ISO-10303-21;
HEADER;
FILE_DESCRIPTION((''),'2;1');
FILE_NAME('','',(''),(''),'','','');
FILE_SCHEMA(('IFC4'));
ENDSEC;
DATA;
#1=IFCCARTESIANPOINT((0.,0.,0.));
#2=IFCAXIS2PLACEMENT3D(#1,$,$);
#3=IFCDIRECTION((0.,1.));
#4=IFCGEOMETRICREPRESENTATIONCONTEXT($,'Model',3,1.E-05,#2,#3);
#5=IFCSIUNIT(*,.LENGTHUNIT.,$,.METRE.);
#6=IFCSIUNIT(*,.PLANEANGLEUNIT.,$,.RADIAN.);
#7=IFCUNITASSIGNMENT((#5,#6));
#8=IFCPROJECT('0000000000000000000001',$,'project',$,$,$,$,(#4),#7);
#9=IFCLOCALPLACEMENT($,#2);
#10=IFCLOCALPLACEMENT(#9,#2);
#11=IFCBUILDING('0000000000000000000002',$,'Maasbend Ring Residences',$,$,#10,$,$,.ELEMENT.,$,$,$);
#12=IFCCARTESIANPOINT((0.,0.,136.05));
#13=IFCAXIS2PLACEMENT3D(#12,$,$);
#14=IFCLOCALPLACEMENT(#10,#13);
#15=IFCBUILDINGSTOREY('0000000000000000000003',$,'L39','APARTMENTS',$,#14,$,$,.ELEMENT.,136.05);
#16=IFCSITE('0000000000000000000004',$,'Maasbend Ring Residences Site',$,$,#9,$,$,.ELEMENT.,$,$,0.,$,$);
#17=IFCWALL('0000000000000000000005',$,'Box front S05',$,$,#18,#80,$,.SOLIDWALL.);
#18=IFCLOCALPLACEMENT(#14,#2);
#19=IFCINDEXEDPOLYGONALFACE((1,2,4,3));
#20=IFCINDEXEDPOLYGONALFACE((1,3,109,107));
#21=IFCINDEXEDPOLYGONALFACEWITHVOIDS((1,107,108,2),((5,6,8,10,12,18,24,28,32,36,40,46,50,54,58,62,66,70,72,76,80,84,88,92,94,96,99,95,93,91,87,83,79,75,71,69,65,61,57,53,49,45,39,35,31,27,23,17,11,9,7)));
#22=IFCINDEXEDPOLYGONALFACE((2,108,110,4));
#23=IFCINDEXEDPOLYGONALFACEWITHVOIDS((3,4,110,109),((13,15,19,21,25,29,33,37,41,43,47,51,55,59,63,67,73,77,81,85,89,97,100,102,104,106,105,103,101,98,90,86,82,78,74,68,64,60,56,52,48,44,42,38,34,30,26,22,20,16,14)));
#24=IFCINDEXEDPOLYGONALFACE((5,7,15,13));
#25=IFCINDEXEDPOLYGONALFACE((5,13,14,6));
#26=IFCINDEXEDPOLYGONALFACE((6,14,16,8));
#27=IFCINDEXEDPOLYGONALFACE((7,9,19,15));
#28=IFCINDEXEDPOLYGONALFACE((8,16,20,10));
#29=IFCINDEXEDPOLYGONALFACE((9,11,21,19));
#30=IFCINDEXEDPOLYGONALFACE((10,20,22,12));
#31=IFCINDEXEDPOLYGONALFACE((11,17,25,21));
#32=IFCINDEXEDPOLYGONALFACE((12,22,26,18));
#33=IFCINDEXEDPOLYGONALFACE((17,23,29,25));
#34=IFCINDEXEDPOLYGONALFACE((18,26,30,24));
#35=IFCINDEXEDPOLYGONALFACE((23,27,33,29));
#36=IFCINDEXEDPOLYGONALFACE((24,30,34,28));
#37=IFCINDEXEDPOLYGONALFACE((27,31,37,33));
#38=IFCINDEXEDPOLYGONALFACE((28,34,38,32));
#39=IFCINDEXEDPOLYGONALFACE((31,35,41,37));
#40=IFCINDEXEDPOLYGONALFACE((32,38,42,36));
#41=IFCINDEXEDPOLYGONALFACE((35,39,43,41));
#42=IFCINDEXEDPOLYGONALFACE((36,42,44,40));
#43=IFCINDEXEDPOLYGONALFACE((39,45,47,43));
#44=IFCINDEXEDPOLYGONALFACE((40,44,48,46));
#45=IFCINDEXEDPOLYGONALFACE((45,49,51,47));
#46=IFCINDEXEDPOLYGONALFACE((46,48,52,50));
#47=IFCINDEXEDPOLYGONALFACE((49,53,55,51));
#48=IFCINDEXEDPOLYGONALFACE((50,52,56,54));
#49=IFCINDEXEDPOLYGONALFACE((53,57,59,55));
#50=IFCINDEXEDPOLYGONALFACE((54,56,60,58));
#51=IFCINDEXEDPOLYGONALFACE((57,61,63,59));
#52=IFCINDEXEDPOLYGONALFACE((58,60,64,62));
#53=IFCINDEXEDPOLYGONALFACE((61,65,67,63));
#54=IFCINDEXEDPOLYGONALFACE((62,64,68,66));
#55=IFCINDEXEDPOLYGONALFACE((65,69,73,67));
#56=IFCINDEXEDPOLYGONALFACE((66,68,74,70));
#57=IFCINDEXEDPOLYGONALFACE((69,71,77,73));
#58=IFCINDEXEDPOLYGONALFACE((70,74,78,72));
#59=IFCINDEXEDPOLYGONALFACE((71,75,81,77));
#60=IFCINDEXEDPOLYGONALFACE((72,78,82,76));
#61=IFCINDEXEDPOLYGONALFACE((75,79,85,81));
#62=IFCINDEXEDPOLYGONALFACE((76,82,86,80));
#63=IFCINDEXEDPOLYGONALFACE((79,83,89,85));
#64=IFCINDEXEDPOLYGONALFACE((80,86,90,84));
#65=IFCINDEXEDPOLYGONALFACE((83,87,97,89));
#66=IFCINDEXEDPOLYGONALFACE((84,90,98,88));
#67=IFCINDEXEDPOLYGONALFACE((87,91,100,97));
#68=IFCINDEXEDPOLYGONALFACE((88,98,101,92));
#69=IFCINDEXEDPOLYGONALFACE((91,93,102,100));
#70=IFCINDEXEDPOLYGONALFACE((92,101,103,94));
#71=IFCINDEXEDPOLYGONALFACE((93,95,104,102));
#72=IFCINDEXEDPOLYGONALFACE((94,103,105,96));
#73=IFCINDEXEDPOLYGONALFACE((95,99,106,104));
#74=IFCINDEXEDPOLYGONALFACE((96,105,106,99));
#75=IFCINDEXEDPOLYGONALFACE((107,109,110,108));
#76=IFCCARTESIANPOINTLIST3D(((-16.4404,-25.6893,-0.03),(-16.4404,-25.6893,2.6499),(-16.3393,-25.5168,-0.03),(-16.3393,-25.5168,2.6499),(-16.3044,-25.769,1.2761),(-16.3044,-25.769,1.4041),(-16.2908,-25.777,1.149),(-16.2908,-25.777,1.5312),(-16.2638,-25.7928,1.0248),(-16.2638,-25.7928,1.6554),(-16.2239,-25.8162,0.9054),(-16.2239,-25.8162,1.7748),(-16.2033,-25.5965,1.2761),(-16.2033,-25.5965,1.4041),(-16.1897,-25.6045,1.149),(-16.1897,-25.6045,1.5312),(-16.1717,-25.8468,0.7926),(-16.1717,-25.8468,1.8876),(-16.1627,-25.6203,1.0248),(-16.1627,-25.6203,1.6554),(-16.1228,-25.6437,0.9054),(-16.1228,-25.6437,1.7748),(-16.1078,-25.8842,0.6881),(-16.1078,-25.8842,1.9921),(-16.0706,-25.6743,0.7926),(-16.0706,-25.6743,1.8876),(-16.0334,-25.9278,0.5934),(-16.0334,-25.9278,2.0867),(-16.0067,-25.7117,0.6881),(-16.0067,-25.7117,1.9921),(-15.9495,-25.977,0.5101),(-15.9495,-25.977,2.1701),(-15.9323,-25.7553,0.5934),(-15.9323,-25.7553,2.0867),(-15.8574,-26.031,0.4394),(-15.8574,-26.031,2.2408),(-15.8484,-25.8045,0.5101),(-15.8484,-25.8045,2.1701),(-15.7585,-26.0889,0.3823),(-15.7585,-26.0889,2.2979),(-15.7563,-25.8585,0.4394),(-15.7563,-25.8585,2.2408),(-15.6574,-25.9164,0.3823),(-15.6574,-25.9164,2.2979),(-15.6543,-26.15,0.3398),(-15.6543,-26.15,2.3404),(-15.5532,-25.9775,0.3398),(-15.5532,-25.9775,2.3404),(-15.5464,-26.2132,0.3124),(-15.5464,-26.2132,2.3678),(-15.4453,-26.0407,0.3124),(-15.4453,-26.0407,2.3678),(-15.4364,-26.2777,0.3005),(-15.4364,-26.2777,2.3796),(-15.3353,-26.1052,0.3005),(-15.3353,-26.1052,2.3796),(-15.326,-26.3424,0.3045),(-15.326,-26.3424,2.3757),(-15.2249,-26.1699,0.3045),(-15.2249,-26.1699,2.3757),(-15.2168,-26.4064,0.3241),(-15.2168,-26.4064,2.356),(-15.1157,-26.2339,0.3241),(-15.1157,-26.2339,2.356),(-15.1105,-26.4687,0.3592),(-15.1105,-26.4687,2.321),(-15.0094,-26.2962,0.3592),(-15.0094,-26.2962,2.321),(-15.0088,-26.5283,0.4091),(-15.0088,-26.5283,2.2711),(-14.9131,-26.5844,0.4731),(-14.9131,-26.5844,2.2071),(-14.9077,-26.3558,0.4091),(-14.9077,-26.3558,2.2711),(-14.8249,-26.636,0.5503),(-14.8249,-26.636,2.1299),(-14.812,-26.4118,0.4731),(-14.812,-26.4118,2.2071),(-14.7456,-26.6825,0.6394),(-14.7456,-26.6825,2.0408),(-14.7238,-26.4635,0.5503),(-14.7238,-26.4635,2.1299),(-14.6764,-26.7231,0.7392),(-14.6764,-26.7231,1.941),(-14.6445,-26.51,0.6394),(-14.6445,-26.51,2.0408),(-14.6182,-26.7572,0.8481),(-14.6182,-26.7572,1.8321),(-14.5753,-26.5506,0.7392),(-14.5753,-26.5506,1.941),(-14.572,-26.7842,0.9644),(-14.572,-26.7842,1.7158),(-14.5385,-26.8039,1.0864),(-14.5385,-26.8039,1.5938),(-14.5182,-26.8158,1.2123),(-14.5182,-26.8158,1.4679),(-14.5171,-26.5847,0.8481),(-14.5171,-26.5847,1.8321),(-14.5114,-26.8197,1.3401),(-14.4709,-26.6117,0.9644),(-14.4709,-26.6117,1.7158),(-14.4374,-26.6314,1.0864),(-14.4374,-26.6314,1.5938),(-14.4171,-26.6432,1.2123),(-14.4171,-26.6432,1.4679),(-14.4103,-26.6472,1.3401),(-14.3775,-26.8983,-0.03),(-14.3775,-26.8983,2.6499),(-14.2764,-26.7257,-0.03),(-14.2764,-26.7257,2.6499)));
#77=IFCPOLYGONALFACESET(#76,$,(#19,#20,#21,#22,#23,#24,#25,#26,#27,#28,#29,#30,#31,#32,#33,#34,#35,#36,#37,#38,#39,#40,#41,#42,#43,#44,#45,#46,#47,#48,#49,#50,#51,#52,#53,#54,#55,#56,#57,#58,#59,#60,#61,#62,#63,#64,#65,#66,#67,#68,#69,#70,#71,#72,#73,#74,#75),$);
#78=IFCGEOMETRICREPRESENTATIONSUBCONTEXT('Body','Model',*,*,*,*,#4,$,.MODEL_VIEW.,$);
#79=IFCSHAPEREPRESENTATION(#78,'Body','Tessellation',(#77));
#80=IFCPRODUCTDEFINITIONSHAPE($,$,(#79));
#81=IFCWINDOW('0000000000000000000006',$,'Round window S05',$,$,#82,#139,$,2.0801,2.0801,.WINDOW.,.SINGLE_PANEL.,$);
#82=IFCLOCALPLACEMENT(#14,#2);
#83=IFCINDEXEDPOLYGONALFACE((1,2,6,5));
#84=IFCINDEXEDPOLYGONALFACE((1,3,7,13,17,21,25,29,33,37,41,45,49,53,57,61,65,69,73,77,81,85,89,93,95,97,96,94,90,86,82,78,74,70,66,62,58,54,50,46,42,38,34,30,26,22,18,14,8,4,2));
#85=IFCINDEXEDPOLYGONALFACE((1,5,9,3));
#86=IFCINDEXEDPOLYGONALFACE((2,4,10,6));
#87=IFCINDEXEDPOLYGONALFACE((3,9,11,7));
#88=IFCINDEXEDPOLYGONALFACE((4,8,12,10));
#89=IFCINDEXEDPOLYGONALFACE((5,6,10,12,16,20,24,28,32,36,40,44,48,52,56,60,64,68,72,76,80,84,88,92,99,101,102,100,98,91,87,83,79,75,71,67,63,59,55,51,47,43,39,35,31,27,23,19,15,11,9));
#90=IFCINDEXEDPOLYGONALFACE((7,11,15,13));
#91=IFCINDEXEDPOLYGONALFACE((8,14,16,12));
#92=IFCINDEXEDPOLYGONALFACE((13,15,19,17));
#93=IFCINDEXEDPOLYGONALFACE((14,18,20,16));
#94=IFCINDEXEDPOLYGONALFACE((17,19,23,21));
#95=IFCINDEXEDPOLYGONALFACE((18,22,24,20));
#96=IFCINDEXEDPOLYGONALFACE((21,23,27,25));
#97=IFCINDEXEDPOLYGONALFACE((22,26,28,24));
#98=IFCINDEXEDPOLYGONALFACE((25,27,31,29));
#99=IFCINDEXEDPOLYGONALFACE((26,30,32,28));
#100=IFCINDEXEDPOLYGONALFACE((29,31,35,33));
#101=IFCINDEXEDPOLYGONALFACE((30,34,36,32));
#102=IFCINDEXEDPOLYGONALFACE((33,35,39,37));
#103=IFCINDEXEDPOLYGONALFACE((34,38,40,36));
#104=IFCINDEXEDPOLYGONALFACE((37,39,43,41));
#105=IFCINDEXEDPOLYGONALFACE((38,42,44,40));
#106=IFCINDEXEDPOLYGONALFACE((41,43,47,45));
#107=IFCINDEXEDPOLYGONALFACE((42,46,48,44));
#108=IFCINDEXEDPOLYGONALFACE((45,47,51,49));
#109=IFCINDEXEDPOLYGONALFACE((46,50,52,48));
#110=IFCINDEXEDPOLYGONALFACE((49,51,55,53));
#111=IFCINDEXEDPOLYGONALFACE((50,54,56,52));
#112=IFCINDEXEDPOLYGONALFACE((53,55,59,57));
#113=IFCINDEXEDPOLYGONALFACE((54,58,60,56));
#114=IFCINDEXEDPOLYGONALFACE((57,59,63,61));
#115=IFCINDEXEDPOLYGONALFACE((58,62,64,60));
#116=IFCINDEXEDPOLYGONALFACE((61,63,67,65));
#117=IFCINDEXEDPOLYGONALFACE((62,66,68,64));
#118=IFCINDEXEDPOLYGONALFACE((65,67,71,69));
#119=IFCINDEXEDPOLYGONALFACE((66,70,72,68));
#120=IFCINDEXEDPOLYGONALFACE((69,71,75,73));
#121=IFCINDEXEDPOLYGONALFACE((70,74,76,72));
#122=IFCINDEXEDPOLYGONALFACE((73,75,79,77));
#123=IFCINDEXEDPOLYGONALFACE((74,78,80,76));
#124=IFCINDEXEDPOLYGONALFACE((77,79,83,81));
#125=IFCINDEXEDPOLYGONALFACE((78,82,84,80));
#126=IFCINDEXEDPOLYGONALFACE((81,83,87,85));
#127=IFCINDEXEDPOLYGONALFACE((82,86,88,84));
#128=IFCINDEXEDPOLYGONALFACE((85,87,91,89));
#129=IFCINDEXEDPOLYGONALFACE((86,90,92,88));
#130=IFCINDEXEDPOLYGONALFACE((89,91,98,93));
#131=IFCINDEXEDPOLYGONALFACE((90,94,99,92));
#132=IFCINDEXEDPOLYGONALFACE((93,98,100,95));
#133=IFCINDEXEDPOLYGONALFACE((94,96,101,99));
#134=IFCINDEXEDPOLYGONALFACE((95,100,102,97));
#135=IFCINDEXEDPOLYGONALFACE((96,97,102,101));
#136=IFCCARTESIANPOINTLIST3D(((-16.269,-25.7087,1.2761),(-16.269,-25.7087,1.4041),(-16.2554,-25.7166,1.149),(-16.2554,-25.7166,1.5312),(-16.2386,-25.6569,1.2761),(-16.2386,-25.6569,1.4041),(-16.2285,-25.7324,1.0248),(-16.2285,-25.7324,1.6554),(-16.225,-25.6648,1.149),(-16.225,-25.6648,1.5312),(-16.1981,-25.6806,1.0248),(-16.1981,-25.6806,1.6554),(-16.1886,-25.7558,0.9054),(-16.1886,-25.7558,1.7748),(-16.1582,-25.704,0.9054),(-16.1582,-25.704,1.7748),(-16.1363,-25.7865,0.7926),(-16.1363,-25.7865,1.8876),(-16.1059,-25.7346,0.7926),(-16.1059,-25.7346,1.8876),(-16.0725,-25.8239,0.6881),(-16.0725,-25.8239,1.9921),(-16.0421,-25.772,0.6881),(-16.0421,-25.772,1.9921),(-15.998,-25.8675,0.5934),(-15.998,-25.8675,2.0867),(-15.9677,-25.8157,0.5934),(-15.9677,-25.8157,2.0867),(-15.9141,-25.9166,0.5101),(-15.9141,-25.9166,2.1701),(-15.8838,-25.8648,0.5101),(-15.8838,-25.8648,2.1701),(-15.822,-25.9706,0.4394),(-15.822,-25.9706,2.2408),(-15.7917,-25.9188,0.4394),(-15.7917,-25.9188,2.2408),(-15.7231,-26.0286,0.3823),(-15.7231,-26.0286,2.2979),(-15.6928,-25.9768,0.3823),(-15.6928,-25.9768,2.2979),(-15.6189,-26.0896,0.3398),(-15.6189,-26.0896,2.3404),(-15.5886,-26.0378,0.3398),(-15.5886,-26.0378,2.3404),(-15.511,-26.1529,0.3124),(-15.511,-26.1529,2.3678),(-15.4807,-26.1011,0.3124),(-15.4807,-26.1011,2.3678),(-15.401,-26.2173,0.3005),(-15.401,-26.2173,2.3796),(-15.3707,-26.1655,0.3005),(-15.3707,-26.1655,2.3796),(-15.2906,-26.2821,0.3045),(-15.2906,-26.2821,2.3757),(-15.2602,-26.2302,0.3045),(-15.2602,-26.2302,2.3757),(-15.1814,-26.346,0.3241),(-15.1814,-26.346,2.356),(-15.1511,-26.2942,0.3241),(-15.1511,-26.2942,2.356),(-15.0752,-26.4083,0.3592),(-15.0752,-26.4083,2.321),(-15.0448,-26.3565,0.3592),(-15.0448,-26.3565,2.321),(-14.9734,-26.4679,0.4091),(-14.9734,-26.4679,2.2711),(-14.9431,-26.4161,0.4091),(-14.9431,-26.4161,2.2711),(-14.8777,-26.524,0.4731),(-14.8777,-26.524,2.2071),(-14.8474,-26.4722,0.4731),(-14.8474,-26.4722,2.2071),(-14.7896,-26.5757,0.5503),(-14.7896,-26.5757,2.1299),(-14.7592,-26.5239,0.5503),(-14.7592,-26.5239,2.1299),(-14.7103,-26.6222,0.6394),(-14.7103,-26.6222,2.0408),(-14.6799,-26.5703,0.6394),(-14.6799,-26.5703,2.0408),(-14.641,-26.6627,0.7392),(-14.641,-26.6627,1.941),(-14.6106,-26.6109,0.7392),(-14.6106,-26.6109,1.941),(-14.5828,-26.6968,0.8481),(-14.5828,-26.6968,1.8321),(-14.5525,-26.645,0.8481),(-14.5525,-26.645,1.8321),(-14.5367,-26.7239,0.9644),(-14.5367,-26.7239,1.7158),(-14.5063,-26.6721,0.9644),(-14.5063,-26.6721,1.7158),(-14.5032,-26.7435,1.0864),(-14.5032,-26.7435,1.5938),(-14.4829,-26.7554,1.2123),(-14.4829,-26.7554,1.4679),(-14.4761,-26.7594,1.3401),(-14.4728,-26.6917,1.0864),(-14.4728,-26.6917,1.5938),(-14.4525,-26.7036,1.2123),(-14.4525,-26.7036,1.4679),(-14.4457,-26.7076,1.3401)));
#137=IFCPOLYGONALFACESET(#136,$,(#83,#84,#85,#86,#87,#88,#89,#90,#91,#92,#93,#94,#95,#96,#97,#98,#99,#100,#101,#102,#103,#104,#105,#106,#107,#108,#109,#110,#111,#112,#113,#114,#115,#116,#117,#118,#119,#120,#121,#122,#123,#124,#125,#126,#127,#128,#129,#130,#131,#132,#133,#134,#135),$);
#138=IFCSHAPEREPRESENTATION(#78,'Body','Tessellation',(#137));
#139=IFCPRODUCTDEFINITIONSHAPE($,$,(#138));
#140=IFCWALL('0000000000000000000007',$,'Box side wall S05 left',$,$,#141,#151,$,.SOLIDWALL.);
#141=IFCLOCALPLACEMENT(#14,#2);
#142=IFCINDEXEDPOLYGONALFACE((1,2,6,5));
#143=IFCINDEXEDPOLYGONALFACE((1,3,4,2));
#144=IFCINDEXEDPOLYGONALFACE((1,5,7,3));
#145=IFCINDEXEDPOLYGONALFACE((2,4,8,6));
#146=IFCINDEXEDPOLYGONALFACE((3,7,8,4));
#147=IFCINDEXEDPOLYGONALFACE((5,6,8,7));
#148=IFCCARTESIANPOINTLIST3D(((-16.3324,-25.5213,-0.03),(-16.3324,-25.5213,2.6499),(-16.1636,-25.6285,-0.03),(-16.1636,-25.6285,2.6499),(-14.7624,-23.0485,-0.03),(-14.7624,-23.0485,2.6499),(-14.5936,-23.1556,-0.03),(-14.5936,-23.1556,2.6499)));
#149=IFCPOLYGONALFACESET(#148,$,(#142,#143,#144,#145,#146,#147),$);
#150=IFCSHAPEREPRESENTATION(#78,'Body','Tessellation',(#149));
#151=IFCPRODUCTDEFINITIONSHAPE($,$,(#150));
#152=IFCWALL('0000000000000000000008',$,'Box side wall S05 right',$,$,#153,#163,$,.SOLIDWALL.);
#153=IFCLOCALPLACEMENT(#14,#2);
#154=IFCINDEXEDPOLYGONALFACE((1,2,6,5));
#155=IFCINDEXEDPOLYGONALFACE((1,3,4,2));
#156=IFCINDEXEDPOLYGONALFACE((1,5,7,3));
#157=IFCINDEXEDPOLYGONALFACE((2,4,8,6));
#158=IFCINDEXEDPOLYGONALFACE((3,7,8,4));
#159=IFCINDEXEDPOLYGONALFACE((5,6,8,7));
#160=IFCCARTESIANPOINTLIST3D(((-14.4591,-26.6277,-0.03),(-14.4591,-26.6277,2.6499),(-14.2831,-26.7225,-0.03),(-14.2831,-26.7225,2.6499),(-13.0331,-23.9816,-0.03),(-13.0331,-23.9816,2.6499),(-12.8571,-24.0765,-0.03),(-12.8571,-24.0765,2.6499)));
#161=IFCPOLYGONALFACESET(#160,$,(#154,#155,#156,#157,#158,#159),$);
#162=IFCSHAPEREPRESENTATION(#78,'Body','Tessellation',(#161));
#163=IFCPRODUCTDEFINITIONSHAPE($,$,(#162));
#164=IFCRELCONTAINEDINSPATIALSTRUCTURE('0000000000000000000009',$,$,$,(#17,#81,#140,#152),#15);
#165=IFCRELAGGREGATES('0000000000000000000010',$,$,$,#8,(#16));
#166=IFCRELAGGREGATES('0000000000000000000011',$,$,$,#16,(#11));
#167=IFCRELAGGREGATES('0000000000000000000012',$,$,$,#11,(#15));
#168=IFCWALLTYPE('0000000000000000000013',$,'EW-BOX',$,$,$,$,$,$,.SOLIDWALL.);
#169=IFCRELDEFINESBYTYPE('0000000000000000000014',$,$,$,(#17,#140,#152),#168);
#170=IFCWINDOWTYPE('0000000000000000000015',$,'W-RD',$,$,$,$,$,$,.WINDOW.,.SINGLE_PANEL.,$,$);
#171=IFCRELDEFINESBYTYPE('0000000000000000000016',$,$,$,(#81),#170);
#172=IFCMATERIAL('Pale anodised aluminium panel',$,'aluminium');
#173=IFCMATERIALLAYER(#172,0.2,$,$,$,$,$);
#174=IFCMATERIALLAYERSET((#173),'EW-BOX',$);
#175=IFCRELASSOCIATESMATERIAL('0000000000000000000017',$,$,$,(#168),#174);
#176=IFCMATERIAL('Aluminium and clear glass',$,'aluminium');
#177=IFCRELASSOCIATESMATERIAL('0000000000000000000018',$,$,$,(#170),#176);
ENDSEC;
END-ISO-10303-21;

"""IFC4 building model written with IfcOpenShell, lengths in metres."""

from ifc_helpers import new_model, si_unit, direction, frame, frame_2d, origin, place, context, subcontext, project, spatial, rectangle, circle, extrude, material, layer, layer_set, type_object, element, fill, save


model = new_model("IFC4")

# Units and contexts
model_context = context("Model", 3, precision=1e-05, world=origin(), true_north=direction((0.0, 1.0)))
body_context = subcontext(model_context, "Body", "Model", "MODEL_VIEW")
ifc_project = project(units=[si_unit("LENGTHUNIT", "METRE"), si_unit("PLANEANGLEUNIT", "RADIAN")], contexts=[model_context])

# Site, building, storey
site_placement = place(None, origin())
site = spatial("IfcSite", under=ifc_project, at=site_placement, Name="Maasbend Ring Residences Site", CompositionType="ELEMENT", RefElevation=0.0)
building_placement = place(site_placement, origin())
building = spatial("IfcBuilding", under=site, at=building_placement, Name="Maasbend Ring Residences", CompositionType="ELEMENT")
storey_placement = place(building_placement, frame((0.0, 0.0, 136.05)))
storey = spatial("IfcBuildingStorey", under=building, at=storey_placement, Name="L39", Description="APARTMENTS", CompositionType="ELEMENT", Elevation=136.05)

# Shared definitions
ifc_material_1 = material(Name="Pale anodised aluminium panel", Category="aluminium")
ifc_layer_1 = layer(ifc_material_1, 0.2)
ifc_layer_set_1 = layer_set([ifc_layer_1], Name="EW-BOX")
wall_type_1 = type_object("IfcWallType", Name="EW-BOX", PredefinedType="SOLIDWALL", material=ifc_layer_set_1)
ifc_material_2 = material(Name="Aluminium and clear glass", Category="aluminium")
window_type_1 = type_object("IfcWindowType", Name="W-RD", PartitioningType="SINGLE_PANEL", PredefinedType="WINDOW", material=ifc_material_2)

# Wall, opening, window
wall_1_placement = place(storey_placement, frame((-16.3899, -25.603, -0.03), z_axis=(0.0, 0.0, 1.0), x_axis=(0.862762, -0.505609, 0.0)))
wall_1 = element("IfcWall", 1, at=wall_1_placement, inside=storey, type_object=wall_type_1, Name="Box front S05", PredefinedType="SOLIDWALL", context=body_context, shape_type="SweptSolid", body=[
    extrude(rectangle(XDim=2.3911, YDim=0.2, at=frame_2d((1.1956, 0.0))), origin(), (0.0, 0.0, 1.0), 2.6799),
])
opening_1_placement = place(wall_1_placement, frame((0.1558, 0.0, 0.3301)))
opening_1 = element("IfcOpeningElement", 2, at=opening_1_placement, cuts=wall_1, PredefinedType="OPENING", context=body_context, shape_type="SweptSolid", body=[
    extrude(circle(Radius=1.04, at=frame_2d((1.04, 1.04))), frame((0.0, 0.1099, 0.0), z_axis=(0.0, -1.0, 0.0), x_axis=(1.0, 0.0, 0.0)), (0.0, 0.0, 1.0), 0.22),
])
window_1_placement = place(opening_1_placement, origin())
window_1 = element("IfcWindow", 3, at=window_1_placement, inside=storey, type_object=window_type_1, Name="Round window S05", OverallHeight=2.0801, OverallWidth=2.0801, PartitioningType="SINGLE_PANEL", PredefinedType="WINDOW", context=body_context, shape_type="SweptSolid", body=[
    extrude(circle(Radius=1.04, at=frame_2d((1.04, 1.04))), frame((0.0, 0.03, 0.0), z_axis=(0.0, -1.0, 0.0), x_axis=(1.0, 0.0, 0.0)), (0.0, 0.0, 1.0), 0.0601),
])
fill(opening_1, window_1)

# Walls
wall_2_placement = place(storey_placement, frame((-14.678, -23.1021, -0.03), z_axis=(0.0, 0.0, 1.0), x_axis=(-0.536002, -0.844217, 0.0)))
element("IfcWall", 4, at=wall_2_placement, inside=storey, type_object=wall_type_1, Name="Box side wall S05 left", PredefinedType="SOLIDWALL", context=body_context, shape_type="SweptSolid", body=[
    extrude(rectangle(XDim=2.9292, YDim=0.2, at=frame_2d((1.4646, 0.0))), origin(), (0.0, 0.0, 1.0), 2.6799),
])
wall_3_placement = place(storey_placement, frame((-12.9451, -24.0291, -0.03), z_axis=(0.0, 0.0, 1.0), x_axis=(-0.474424, -0.880296, 0.0)))
element("IfcWall", 5, at=wall_3_placement, inside=storey, type_object=wall_type_1, Name="Box side wall S05 right", PredefinedType="SOLIDWALL", context=body_context, shape_type="SweptSolid", body=[
    extrude(rectangle(XDim=3.0059, YDim=0.2, at=frame_2d((1.5029, 0.0))), origin(), (0.0, 0.0, 1.0), 2.6799),
])

save(model, "model.ifc")
